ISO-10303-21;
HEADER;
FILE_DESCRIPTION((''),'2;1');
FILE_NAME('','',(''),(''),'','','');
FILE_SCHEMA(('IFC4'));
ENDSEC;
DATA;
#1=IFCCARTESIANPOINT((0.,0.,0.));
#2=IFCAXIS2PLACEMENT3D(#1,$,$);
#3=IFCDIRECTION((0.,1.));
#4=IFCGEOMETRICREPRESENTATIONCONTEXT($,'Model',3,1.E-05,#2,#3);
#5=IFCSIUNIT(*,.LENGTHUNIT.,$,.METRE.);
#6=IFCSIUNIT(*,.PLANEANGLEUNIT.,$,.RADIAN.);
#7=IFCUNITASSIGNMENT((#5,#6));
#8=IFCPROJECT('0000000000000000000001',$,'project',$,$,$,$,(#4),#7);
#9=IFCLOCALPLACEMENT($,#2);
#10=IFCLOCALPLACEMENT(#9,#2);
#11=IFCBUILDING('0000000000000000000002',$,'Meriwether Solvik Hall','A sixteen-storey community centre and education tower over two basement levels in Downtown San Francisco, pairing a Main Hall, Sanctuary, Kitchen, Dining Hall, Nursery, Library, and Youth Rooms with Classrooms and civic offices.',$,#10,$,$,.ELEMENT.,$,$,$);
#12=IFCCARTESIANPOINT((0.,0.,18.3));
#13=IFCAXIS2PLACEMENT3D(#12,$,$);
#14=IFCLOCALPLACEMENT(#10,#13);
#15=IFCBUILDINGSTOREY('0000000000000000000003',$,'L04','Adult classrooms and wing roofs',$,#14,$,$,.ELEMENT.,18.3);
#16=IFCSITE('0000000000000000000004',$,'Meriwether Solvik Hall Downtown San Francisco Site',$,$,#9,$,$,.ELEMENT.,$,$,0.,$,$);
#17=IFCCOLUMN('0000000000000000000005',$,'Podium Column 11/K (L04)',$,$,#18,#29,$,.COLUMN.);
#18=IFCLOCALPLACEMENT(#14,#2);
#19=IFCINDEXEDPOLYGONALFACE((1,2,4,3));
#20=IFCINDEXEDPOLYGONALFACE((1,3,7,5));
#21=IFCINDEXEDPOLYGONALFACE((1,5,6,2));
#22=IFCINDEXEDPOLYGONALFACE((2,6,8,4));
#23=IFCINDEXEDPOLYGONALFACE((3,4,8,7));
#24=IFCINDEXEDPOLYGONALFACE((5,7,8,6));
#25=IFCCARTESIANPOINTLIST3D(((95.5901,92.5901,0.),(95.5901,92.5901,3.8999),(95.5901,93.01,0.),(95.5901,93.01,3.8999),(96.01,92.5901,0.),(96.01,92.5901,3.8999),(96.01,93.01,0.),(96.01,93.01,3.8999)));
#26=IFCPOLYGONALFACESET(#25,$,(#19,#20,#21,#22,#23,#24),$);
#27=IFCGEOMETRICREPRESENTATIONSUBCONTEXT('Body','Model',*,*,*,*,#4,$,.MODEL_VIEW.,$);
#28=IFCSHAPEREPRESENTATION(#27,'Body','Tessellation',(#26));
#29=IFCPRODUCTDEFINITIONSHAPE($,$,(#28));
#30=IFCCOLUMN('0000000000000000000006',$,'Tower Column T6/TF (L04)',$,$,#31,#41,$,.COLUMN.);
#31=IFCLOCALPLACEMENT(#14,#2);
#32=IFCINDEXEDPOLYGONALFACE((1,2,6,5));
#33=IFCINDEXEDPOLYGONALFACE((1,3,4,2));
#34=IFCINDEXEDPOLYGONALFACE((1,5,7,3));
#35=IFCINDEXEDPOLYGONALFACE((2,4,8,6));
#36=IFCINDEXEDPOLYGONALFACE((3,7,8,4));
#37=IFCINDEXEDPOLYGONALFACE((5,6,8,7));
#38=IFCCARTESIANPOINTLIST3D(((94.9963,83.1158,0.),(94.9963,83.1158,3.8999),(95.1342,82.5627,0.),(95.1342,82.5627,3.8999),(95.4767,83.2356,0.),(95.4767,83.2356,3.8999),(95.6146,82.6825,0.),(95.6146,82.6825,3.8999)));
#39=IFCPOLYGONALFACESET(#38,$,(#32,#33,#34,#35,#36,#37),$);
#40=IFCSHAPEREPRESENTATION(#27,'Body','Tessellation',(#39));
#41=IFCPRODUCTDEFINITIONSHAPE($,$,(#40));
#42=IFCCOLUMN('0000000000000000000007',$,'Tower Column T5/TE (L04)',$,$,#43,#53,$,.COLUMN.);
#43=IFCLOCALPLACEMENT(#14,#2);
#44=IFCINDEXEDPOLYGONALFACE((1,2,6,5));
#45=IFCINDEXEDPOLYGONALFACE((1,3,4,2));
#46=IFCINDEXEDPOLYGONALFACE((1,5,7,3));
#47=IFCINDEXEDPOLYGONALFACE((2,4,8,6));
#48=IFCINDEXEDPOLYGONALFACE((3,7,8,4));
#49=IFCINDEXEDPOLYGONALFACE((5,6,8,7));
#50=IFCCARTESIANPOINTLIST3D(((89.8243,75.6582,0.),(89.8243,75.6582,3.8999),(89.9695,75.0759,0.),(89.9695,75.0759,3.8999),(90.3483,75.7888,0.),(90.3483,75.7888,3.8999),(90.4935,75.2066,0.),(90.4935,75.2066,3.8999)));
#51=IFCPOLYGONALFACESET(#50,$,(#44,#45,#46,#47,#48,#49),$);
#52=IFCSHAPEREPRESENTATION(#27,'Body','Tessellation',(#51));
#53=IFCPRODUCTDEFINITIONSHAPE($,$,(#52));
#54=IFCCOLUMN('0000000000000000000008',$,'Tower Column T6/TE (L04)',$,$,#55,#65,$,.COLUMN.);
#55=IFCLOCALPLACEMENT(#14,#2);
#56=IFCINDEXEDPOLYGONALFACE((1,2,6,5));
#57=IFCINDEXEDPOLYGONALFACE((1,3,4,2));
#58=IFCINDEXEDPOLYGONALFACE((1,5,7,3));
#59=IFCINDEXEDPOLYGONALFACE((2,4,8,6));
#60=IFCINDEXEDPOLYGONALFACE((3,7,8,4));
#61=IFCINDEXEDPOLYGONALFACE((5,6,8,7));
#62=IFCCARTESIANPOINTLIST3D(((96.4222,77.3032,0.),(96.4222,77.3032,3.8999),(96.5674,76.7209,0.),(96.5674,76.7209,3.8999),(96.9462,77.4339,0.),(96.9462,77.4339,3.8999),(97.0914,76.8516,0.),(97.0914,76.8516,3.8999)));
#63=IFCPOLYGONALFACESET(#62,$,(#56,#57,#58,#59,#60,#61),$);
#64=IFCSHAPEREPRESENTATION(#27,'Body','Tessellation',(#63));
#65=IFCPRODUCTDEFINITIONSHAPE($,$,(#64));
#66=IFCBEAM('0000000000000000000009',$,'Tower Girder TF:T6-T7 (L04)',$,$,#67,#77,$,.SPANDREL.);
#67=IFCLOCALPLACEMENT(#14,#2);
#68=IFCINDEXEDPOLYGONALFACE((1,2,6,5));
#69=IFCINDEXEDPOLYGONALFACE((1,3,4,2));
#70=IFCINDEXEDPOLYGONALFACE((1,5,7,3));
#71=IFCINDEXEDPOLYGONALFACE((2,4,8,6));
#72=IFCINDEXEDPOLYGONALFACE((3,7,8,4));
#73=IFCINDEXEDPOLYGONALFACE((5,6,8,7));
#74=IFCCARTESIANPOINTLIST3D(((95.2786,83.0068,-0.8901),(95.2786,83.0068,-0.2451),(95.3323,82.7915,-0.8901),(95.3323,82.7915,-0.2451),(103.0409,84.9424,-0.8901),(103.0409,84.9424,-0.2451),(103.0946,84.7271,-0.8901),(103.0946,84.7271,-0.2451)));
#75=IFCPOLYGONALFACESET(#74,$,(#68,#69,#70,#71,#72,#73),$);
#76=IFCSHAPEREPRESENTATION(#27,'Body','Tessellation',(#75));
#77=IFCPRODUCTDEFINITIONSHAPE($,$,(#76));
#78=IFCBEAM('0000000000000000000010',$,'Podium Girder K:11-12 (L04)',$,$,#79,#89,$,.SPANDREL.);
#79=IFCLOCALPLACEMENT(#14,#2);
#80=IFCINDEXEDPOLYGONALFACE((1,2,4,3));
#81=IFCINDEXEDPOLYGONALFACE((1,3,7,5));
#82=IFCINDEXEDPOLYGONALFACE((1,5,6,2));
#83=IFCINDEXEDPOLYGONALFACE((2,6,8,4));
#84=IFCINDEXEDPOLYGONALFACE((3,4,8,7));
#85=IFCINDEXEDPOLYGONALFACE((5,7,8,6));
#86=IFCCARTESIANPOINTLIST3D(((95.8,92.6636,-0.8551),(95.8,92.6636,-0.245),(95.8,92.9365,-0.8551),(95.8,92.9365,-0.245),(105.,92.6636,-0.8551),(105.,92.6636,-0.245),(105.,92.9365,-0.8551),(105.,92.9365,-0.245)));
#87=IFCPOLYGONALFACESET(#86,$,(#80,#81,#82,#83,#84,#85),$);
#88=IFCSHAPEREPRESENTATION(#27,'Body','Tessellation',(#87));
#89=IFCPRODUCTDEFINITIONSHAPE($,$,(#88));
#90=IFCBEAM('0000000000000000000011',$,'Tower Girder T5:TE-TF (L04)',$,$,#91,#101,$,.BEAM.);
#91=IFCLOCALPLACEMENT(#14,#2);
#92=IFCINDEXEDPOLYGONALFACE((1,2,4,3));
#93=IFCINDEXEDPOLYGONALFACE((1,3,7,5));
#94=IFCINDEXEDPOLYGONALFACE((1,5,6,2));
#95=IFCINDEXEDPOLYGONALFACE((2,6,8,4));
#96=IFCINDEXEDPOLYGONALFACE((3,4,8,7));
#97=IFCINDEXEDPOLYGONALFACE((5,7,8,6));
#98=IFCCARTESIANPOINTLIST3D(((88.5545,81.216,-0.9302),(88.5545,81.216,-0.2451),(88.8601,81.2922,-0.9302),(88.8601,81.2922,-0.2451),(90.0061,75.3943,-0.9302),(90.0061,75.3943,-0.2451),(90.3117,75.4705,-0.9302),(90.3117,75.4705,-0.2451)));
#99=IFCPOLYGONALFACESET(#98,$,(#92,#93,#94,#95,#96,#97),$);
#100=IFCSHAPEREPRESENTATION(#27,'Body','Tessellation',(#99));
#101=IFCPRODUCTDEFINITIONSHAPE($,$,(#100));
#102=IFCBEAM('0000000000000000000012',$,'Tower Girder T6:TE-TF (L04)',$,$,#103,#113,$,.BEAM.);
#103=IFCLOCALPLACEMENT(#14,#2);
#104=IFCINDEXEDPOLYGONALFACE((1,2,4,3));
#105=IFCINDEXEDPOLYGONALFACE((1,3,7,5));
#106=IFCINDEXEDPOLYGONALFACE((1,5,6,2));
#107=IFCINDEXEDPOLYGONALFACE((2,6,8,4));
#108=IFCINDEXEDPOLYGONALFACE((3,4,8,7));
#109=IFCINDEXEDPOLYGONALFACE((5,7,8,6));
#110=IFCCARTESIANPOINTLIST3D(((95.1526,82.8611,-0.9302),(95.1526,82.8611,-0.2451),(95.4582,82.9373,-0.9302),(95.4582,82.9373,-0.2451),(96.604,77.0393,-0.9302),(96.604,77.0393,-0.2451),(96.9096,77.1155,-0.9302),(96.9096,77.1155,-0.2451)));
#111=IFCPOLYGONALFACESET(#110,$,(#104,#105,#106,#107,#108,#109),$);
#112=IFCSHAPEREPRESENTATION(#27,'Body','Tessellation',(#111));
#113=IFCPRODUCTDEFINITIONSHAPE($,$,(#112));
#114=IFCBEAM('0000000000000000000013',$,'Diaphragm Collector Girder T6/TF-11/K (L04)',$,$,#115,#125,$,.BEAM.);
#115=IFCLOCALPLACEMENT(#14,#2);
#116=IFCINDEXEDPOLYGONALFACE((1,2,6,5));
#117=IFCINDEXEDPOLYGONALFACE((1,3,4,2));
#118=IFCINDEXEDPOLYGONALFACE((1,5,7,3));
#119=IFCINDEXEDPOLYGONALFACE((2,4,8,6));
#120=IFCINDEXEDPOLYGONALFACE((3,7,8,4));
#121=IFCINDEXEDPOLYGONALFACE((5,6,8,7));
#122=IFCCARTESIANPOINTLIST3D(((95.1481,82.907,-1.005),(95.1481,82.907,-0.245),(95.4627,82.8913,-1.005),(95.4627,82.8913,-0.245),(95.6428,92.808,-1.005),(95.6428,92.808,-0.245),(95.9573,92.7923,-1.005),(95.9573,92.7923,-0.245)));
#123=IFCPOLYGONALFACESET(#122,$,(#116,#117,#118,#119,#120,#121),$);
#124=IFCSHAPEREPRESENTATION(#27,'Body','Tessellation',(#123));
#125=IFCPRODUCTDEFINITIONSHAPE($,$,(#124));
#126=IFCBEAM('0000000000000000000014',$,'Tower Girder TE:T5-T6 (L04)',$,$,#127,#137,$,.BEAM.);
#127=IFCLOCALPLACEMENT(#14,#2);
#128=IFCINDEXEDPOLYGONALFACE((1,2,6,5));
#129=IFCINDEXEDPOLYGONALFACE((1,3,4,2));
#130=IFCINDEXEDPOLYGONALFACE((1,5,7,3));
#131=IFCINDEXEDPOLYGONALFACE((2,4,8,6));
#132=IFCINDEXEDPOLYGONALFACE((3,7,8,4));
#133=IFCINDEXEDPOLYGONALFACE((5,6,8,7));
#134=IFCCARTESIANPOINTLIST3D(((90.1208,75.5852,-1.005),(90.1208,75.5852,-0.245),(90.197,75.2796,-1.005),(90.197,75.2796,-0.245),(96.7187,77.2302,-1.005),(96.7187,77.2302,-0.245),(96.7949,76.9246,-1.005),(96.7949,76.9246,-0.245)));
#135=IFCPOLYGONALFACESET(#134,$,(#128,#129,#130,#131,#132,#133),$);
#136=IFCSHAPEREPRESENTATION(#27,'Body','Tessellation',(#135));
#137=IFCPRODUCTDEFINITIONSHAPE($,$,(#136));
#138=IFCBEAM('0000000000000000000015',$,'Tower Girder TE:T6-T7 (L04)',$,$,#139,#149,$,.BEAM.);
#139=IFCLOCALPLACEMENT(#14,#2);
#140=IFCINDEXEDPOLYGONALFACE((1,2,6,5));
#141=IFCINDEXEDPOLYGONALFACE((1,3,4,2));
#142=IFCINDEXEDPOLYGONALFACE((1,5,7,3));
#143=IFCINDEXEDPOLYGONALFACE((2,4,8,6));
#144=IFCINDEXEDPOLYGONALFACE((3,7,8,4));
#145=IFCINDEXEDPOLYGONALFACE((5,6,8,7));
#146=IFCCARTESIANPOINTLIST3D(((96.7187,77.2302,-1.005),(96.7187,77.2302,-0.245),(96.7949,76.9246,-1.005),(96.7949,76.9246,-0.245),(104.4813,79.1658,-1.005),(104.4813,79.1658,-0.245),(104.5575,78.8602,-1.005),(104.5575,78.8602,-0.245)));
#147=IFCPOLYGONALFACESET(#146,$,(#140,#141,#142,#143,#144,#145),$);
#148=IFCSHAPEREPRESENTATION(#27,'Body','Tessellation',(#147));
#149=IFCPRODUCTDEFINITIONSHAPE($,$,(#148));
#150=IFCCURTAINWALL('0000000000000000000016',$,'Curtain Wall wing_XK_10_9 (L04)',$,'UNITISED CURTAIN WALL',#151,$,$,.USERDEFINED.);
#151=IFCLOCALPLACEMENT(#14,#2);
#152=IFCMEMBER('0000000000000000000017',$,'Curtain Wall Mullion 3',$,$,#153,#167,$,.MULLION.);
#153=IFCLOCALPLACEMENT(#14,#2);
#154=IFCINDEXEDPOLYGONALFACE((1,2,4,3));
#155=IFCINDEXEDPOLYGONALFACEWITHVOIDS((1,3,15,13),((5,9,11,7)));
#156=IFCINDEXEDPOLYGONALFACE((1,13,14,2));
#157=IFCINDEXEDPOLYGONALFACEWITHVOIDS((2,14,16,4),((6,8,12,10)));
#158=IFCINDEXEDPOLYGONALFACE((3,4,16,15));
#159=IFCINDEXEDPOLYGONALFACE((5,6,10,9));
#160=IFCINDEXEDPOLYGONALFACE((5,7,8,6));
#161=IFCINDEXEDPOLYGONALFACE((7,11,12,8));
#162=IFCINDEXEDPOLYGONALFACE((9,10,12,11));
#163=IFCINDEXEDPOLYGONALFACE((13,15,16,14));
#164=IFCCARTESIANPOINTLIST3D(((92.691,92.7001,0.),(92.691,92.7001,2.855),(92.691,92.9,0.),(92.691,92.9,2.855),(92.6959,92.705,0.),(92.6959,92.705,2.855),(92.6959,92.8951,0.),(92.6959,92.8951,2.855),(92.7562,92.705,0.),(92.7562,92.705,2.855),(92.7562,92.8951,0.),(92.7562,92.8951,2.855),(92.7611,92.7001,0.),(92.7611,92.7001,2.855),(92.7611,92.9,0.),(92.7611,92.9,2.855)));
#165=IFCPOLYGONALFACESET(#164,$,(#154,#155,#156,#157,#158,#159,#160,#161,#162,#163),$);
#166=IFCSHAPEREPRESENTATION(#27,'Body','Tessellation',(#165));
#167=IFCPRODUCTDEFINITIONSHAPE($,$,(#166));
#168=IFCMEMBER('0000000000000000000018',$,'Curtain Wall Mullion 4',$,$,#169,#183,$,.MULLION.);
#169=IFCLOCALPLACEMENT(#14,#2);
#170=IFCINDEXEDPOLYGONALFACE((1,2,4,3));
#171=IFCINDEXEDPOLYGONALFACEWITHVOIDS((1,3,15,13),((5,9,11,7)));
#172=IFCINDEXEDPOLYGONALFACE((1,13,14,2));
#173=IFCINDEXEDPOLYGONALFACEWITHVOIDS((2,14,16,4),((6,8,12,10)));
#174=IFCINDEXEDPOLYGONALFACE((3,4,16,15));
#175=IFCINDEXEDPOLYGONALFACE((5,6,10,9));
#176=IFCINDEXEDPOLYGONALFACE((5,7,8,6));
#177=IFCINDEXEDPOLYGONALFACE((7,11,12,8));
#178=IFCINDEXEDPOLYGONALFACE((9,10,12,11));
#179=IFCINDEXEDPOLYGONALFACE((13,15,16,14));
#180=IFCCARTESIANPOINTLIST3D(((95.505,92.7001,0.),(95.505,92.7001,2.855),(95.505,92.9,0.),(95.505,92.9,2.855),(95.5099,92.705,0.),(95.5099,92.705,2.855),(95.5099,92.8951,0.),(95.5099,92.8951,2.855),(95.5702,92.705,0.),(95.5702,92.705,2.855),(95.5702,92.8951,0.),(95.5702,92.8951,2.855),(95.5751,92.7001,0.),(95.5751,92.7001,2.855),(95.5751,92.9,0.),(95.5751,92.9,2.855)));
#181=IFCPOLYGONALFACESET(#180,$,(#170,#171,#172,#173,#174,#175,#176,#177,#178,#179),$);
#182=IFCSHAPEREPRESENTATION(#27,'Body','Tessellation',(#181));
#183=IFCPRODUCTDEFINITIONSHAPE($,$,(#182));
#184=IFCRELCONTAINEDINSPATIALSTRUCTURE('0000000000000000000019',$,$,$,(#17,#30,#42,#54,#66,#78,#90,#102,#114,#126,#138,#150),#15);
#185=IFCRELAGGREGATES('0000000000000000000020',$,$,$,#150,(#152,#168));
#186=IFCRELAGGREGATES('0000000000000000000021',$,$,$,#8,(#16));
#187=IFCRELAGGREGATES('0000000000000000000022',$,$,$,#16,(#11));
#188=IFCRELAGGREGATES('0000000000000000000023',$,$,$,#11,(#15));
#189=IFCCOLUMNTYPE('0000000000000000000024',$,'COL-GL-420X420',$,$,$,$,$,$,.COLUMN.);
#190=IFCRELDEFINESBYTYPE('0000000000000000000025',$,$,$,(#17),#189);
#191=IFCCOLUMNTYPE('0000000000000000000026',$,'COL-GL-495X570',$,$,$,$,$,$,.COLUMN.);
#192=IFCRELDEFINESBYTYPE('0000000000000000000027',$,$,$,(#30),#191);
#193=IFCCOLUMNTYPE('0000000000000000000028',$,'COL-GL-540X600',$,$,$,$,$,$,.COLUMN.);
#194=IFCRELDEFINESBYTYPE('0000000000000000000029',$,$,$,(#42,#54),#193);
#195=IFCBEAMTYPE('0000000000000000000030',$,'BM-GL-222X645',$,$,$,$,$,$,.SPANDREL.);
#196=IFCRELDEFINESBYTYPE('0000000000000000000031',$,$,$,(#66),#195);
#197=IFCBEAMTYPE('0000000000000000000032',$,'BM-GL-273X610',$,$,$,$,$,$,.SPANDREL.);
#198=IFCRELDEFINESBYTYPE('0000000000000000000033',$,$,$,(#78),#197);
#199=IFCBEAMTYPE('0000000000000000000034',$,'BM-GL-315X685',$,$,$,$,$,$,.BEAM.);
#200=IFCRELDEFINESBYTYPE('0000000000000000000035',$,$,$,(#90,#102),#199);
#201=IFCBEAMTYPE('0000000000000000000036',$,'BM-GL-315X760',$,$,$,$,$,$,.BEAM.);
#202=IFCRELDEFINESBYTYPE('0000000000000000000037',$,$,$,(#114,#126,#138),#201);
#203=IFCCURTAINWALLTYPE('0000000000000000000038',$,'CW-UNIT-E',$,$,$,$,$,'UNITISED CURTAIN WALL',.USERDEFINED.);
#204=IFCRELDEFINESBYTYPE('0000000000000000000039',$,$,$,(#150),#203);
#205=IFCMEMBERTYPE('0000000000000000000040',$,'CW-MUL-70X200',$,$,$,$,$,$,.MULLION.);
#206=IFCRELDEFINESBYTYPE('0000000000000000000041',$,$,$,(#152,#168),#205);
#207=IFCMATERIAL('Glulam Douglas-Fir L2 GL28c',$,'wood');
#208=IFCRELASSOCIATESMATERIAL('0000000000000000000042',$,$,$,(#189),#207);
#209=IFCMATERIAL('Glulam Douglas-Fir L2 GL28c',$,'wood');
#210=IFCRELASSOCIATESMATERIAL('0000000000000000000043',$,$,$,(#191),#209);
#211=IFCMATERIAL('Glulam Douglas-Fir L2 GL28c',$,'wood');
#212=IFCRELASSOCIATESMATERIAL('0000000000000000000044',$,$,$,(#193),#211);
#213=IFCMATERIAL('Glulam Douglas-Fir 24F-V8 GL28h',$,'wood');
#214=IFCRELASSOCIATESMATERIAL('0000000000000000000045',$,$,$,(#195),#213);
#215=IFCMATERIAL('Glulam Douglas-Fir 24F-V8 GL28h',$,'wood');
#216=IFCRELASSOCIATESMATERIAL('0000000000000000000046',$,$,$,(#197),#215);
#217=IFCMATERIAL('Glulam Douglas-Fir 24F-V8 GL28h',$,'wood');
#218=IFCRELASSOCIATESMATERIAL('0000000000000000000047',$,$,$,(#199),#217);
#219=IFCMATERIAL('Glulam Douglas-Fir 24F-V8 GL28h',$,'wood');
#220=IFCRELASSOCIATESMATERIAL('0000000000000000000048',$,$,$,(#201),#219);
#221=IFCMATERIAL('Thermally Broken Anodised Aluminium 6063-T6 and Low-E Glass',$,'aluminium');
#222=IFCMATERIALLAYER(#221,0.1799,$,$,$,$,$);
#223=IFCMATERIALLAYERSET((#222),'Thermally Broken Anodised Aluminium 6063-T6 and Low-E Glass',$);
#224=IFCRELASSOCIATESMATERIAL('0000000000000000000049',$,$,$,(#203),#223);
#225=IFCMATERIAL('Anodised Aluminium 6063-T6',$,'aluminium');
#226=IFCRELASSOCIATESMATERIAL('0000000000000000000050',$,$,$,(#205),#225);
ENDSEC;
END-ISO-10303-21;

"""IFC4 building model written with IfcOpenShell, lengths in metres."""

from ifc_helpers import new_model, si_unit, direction, frame, origin, origin_2d, place, context, subcontext, project, spatial, rectangle, hollow_rectangle, extrude, material, layer, layer_set, material_profile, profile_set, type_object, element, aggregate, save


model = new_model("IFC4")

# Units and contexts
model_context = context("Model", 3, precision=1e-05, world=origin(), true_north=direction((0.0, 1.0)))
body_context = subcontext(model_context, "Body", "Model", "MODEL_VIEW")
ifc_project = project(units=[si_unit("LENGTHUNIT", "METRE"), si_unit("PLANEANGLEUNIT", "RADIAN")], contexts=[model_context])

# Site, building, storey
site_placement = place(None, origin())
site = spatial("IfcSite", under=ifc_project, at=site_placement, Name="Meriwether Solvik Hall Downtown San Francisco Site", CompositionType="ELEMENT", RefElevation=0.0)
building_placement = place(site_placement, origin())
building = spatial("IfcBuilding", under=site, at=building_placement, Name="Meriwether Solvik Hall", Description="A sixteen-storey community centre and education tower over two basement levels in Downtown San Francisco, pairing a Main Hall, Sanctuary, Kitchen, Dining Hall, Nursery, Library, and Youth Rooms with Classrooms and civic offices.", CompositionType="ELEMENT")
storey_placement = place(building_placement, frame((0.0, 0.0, 18.3)))
storey = spatial("IfcBuildingStorey", under=building, at=storey_placement, Name="L04", Description="Adult classrooms and wing roofs", CompositionType="ELEMENT", Elevation=18.3)

# Columns
ifc_material_1 = material(Name="Glulam Douglas-Fir L2 GL28c", Category="wood")
ifc_material_profile_1 = material_profile(ifc_material_1, rectangle(XDim=0.4199, YDim=0.4199, at=origin_2d()), Name="GLC-420X420")
ifc_profile_set_1 = profile_set([ifc_material_profile_1], Name="Glulam Douglas-Fir L2 GL28c")
column_type_1 = type_object("IfcColumnType", Name="COL-GL-420X420", PredefinedType="COLUMN", material=ifc_profile_set_1)
column_1_placement = place(storey_placement, frame((95.8, 92.8, 0.0), z_axis=(0.0, 0.0, 1.0), x_axis=(1.0, 0.0, 0.0)))
element("IfcColumn", 1, at=column_1_placement, inside=storey, type_object=column_type_1, Name="Podium Column 11/K (L04)", PredefinedType="COLUMN", context=body_context, shape_type="SweptSolid", body=[
    extrude(rectangle(XDim=0.4199, YDim=0.4199, at=origin_2d()), origin(), (0.0, 0.0, 1.0), 3.8999),
])
ifc_material_2 = material(Name="Glulam Douglas-Fir L2 GL28c", Category="wood")
ifc_material_profile_2 = material_profile(ifc_material_2, rectangle(XDim=0.4951, YDim=0.5701, at=origin_2d()), Name="GLC-495X570")
ifc_profile_set_2 = profile_set([ifc_material_profile_2], Name="Glulam Douglas-Fir L2 GL28c")
column_type_2 = type_object("IfcColumnType", Name="COL-GL-495X570", PredefinedType="COLUMN", material=ifc_profile_set_2)
column_2_placement = place(storey_placement, frame((95.3054, 82.8992, 0.0), z_axis=(0.0, 0.0, 1.0), x_axis=(0.970296, 0.241922, 0.0)))
element("IfcColumn", 2, at=column_2_placement, inside=storey, type_object=column_type_2, Name="Tower Column T6/TF (L04)", PredefinedType="COLUMN", context=body_context, shape_type="SweptSolid", body=[
    extrude(rectangle(XDim=0.4951, YDim=0.5701, at=origin_2d()), origin(), (0.0, 0.0, 1.0), 3.8999),
])
ifc_material_3 = material(Name="Glulam Douglas-Fir L2 GL28c", Category="wood")
ifc_material_profile_3 = material_profile(ifc_material_3, rectangle(XDim=0.54, YDim=0.6001, at=origin_2d()), Name="GLC-540X600")
ifc_profile_set_3 = profile_set([ifc_material_profile_3], Name="Glulam Douglas-Fir L2 GL28c")
column_type_3 = type_object("IfcColumnType", Name="COL-GL-540X600", PredefinedType="COLUMN", material=ifc_profile_set_3)
for number, where, z_axis, x_axis, name in (
    (3, (90.1589, 75.4324, 0.0), (0.0, 0.0, 1.0), (0.970296, 0.241922, 0.0), "Tower Column T5/TE (L04)"),
    (4, (96.7568, 77.0774, 0.0), (0.0, 0.0, 1.0), (0.970296, 0.241922, 0.0), "Tower Column T6/TE (L04)"),
):
    element("IfcColumn", number, at=place(storey_placement, frame(where, z_axis=z_axis, x_axis=x_axis)), inside=storey, type_object=column_type_3, Name=name, PredefinedType="COLUMN", context=body_context, shape_type="SweptSolid", body=[
        extrude(rectangle(XDim=0.54, YDim=0.6001, at=origin_2d()), origin(), (0.0, 0.0, 1.0), 3.8999),
    ])

# Beams
ifc_material_4 = material(Name="Glulam Douglas-Fir 24F-V8 GL28h", Category="wood")
ifc_material_profile_4 = material_profile(ifc_material_4, rectangle(XDim=0.2219, YDim=0.645, at=origin_2d()), Name="GLB-222X645")
ifc_profile_set_4 = profile_set([ifc_material_profile_4], Name="Glulam Douglas-Fir 24F-V8 GL28h")
beam_type_1 = type_object("IfcBeamType", Name="BM-GL-222X645", PredefinedType="SPANDREL", material=ifc_profile_set_4)
beam_1_placement = place(storey_placement, frame((95.3054, 82.8992, -0.5676), z_axis=(0.97029, 0.241947, 0.0), x_axis=(-0.241947, 0.97029, 0.0)))
element("IfcBeam", 5, at=beam_1_placement, inside=storey, type_object=beam_type_1, Name="Tower Girder TF:T6-T7 (L04)", PredefinedType="SPANDREL", context=body_context, shape_type="SweptSolid", body=[
    extrude(rectangle(XDim=0.2219, YDim=0.645, at=origin_2d()), origin(), (0.0, 0.0, 1.0), 8.0),
])
ifc_material_5 = material(Name="Glulam Douglas-Fir 24F-V8 GL28h", Category="wood")
ifc_material_profile_5 = material_profile(ifc_material_5, rectangle(XDim=0.2729, YDim=0.6101, at=origin_2d()), Name="GLB-273X610")
ifc_profile_set_5 = profile_set([ifc_material_profile_5], Name="Glulam Douglas-Fir 24F-V8 GL28h")
beam_type_2 = type_object("IfcBeamType", Name="BM-GL-273X610", PredefinedType="SPANDREL", material=ifc_profile_set_5)
beam_2_placement = place(storey_placement, frame((95.8, 92.8, -0.55), z_axis=(1.0, 0.0, 0.0), x_axis=(0.0, 1.0, 0.0)))
element("IfcBeam", 6, at=beam_2_placement, inside=storey, type_object=beam_type_2, Name="Podium Girder K:11-12 (L04)", PredefinedType="SPANDREL", context=body_context, shape_type="SweptSolid", body=[
    extrude(rectangle(XDim=0.2729, YDim=0.6101, at=origin_2d()), origin(), (0.0, 0.0, 1.0), 9.2),
])
ifc_material_6 = material(Name="Glulam Douglas-Fir 24F-V8 GL28h", Category="wood")
ifc_material_profile_6 = material_profile(ifc_material_6, rectangle(XDim=0.3149, YDim=0.6851, at=origin_2d()), Name="GLB-315X685")
ifc_profile_set_6 = profile_set([ifc_material_profile_6], Name="Glulam Douglas-Fir 24F-V8 GL28h")
beam_type_3 = type_object("IfcBeamType", Name="BM-GL-315X685", PredefinedType="BEAM", material=ifc_profile_set_6)
for number, where, z_axis, x_axis, name in (
    (7, (90.1589, 75.4324, -0.5876), (-0.241942, 0.970291, 0.0), (-0.970291, -0.241942, 0.0), "Tower Girder T5:TE-TF (L04)"),
    (8, (96.7568, 77.0774, -0.5876), (-0.241904, 0.9703, 0.0), (-0.9703, -0.241904, 0.0), "Tower Girder T6:TE-TF (L04)"),
):
    element("IfcBeam", number, at=place(storey_placement, frame(where, z_axis=z_axis, x_axis=x_axis)), inside=storey, type_object=beam_type_3, Name=name, PredefinedType="BEAM", context=body_context, shape_type="SweptSolid", body=[
        extrude(rectangle(XDim=0.3149, YDim=0.6851, at=origin_2d()), origin(), (0.0, 0.0, 1.0), 6.0),
    ])
ifc_material_7 = material(Name="Glulam Douglas-Fir 24F-V8 GL28h", Category="wood")
ifc_material_profile_7 = material_profile(ifc_material_7, rectangle(XDim=0.3149, YDim=0.76, at=origin_2d()), Name="GLB-315X760")
ifc_profile_set_7 = profile_set([ifc_material_profile_7], Name="Glulam Douglas-Fir 24F-V8 GL28h")
beam_type_4 = type_object("IfcBeamType", Name="BM-GL-315X760", PredefinedType="BEAM", material=ifc_profile_set_7)
beam_3_placement = place(storey_placement, frame((95.3054, 82.8992, -0.625), z_axis=(0.049896, 0.998754, 0.0), x_axis=(-0.998754, 0.049896, 0.0)))
element("IfcBeam", 9, at=beam_3_placement, inside=storey, type_object=beam_type_4, Name="Diaphragm Collector Girder T6/TF-11/K (L04)", PredefinedType="BEAM", context=body_context, shape_type="SweptSolid", body=[
    extrude(rectangle(XDim=0.3149, YDim=0.76, at=origin_2d()), origin(), (0.0, 0.0, 1.0), 9.9133),
])
beam_4_placement = place(storey_placement, frame((90.1589, 75.4324, -0.625), z_axis=(0.970296, 0.241919, 0.0), x_axis=(-0.241919, 0.970296, 0.0)))
element("IfcBeam", 10, at=beam_4_placement, inside=storey, type_object=beam_type_4, Name="Tower Girder TE:T5-T6 (L04)", PredefinedType="BEAM", context=body_context, shape_type="SweptSolid", body=[
    extrude(rectangle(XDim=0.3149, YDim=0.76, at=origin_2d()), origin(), (0.0, 0.0, 1.0), 6.7998),
])
beam_5_placement = place(storey_placement, frame((96.7568, 77.0774, -0.625), z_axis=(0.970291, 0.24194, 0.0), x_axis=(-0.24194, 0.970291, 0.0)))
element("IfcBeam", 11, at=beam_5_placement, inside=storey, type_object=beam_type_4, Name="Tower Girder TE:T6-T7 (L04)", PredefinedType="BEAM", context=body_context, shape_type="SweptSolid", body=[
    extrude(rectangle(XDim=0.3149, YDim=0.76, at=origin_2d()), origin(), (0.0, 0.0, 1.0), 8.0002),
])

# Curtain wall, members
ifc_material_8 = material(Name="Thermally Broken Anodised Aluminium 6063-T6 and Low-E Glass", Category="aluminium")
ifc_layer_1 = layer(ifc_material_8, 0.1799)
ifc_layer_set_1 = layer_set([ifc_layer_1], Name="Thermally Broken Anodised Aluminium 6063-T6 and Low-E Glass")
curtain_wall_type = type_object("IfcCurtainWallType", Name="CW-UNIT-E", ElementType="UNITISED CURTAIN WALL", PredefinedType="USERDEFINED", material=ifc_layer_set_1)
curtain_wall_placement = place(storey_placement, origin())
curtain_wall = element("IfcCurtainWall", 12, at=curtain_wall_placement, inside=storey, type_object=curtain_wall_type, Name="Curtain Wall wing_XK_10_9 (L04)", ObjectType="UNITISED CURTAIN WALL", PredefinedType="USERDEFINED")
ifc_material_9 = material(Name="Anodised Aluminium 6063-T6", Category="aluminium")
ifc_material_profile_8 = material_profile(ifc_material_9, hollow_rectangle(XDim=0.0701, YDim=0.2, WallThickness=0.0049, at=origin_2d()), Name="CWM-70X200")
ifc_profile_set_8 = profile_set([ifc_material_profile_8], Name="Anodised Aluminium 6063-T6")
member_type_1 = type_object("IfcMemberType", Name="CW-MUL-70X200", PredefinedType="MULLION", material=ifc_profile_set_8)
member_1_placement = place(storey_placement, frame((92.7261, 92.8, 0.0), z_axis=(0.0, 0.0, 1.0), x_axis=(1.0, 0.0, 0.0)))
member_1 = element("IfcMember", 13, at=member_1_placement, type_object=member_type_1, Name="Curtain Wall Mullion 3", PredefinedType="MULLION", context=body_context, shape_type="SweptSolid", body=[
    extrude(hollow_rectangle(XDim=0.0701, YDim=0.2, WallThickness=0.0049, at=origin_2d()), origin(), (0.0, 0.0, 1.0), 2.855),
])
member_2_placement = place(storey_placement, frame((95.54, 92.8, 0.0), z_axis=(0.0, 0.0, 1.0), x_axis=(1.0, 0.0, 0.0)))
member_2 = element("IfcMember", 14, at=member_2_placement, type_object=member_type_1, Name="Curtain Wall Mullion 4", PredefinedType="MULLION", context=body_context, shape_type="SweptSolid", body=[
    extrude(hollow_rectangle(XDim=0.0701, YDim=0.2, WallThickness=0.0049, at=origin_2d()), origin(), (0.0, 0.0, 1.0), 2.855),
])

aggregate(curtain_wall, [member_1, member_2])

save(model, "model.ifc")
